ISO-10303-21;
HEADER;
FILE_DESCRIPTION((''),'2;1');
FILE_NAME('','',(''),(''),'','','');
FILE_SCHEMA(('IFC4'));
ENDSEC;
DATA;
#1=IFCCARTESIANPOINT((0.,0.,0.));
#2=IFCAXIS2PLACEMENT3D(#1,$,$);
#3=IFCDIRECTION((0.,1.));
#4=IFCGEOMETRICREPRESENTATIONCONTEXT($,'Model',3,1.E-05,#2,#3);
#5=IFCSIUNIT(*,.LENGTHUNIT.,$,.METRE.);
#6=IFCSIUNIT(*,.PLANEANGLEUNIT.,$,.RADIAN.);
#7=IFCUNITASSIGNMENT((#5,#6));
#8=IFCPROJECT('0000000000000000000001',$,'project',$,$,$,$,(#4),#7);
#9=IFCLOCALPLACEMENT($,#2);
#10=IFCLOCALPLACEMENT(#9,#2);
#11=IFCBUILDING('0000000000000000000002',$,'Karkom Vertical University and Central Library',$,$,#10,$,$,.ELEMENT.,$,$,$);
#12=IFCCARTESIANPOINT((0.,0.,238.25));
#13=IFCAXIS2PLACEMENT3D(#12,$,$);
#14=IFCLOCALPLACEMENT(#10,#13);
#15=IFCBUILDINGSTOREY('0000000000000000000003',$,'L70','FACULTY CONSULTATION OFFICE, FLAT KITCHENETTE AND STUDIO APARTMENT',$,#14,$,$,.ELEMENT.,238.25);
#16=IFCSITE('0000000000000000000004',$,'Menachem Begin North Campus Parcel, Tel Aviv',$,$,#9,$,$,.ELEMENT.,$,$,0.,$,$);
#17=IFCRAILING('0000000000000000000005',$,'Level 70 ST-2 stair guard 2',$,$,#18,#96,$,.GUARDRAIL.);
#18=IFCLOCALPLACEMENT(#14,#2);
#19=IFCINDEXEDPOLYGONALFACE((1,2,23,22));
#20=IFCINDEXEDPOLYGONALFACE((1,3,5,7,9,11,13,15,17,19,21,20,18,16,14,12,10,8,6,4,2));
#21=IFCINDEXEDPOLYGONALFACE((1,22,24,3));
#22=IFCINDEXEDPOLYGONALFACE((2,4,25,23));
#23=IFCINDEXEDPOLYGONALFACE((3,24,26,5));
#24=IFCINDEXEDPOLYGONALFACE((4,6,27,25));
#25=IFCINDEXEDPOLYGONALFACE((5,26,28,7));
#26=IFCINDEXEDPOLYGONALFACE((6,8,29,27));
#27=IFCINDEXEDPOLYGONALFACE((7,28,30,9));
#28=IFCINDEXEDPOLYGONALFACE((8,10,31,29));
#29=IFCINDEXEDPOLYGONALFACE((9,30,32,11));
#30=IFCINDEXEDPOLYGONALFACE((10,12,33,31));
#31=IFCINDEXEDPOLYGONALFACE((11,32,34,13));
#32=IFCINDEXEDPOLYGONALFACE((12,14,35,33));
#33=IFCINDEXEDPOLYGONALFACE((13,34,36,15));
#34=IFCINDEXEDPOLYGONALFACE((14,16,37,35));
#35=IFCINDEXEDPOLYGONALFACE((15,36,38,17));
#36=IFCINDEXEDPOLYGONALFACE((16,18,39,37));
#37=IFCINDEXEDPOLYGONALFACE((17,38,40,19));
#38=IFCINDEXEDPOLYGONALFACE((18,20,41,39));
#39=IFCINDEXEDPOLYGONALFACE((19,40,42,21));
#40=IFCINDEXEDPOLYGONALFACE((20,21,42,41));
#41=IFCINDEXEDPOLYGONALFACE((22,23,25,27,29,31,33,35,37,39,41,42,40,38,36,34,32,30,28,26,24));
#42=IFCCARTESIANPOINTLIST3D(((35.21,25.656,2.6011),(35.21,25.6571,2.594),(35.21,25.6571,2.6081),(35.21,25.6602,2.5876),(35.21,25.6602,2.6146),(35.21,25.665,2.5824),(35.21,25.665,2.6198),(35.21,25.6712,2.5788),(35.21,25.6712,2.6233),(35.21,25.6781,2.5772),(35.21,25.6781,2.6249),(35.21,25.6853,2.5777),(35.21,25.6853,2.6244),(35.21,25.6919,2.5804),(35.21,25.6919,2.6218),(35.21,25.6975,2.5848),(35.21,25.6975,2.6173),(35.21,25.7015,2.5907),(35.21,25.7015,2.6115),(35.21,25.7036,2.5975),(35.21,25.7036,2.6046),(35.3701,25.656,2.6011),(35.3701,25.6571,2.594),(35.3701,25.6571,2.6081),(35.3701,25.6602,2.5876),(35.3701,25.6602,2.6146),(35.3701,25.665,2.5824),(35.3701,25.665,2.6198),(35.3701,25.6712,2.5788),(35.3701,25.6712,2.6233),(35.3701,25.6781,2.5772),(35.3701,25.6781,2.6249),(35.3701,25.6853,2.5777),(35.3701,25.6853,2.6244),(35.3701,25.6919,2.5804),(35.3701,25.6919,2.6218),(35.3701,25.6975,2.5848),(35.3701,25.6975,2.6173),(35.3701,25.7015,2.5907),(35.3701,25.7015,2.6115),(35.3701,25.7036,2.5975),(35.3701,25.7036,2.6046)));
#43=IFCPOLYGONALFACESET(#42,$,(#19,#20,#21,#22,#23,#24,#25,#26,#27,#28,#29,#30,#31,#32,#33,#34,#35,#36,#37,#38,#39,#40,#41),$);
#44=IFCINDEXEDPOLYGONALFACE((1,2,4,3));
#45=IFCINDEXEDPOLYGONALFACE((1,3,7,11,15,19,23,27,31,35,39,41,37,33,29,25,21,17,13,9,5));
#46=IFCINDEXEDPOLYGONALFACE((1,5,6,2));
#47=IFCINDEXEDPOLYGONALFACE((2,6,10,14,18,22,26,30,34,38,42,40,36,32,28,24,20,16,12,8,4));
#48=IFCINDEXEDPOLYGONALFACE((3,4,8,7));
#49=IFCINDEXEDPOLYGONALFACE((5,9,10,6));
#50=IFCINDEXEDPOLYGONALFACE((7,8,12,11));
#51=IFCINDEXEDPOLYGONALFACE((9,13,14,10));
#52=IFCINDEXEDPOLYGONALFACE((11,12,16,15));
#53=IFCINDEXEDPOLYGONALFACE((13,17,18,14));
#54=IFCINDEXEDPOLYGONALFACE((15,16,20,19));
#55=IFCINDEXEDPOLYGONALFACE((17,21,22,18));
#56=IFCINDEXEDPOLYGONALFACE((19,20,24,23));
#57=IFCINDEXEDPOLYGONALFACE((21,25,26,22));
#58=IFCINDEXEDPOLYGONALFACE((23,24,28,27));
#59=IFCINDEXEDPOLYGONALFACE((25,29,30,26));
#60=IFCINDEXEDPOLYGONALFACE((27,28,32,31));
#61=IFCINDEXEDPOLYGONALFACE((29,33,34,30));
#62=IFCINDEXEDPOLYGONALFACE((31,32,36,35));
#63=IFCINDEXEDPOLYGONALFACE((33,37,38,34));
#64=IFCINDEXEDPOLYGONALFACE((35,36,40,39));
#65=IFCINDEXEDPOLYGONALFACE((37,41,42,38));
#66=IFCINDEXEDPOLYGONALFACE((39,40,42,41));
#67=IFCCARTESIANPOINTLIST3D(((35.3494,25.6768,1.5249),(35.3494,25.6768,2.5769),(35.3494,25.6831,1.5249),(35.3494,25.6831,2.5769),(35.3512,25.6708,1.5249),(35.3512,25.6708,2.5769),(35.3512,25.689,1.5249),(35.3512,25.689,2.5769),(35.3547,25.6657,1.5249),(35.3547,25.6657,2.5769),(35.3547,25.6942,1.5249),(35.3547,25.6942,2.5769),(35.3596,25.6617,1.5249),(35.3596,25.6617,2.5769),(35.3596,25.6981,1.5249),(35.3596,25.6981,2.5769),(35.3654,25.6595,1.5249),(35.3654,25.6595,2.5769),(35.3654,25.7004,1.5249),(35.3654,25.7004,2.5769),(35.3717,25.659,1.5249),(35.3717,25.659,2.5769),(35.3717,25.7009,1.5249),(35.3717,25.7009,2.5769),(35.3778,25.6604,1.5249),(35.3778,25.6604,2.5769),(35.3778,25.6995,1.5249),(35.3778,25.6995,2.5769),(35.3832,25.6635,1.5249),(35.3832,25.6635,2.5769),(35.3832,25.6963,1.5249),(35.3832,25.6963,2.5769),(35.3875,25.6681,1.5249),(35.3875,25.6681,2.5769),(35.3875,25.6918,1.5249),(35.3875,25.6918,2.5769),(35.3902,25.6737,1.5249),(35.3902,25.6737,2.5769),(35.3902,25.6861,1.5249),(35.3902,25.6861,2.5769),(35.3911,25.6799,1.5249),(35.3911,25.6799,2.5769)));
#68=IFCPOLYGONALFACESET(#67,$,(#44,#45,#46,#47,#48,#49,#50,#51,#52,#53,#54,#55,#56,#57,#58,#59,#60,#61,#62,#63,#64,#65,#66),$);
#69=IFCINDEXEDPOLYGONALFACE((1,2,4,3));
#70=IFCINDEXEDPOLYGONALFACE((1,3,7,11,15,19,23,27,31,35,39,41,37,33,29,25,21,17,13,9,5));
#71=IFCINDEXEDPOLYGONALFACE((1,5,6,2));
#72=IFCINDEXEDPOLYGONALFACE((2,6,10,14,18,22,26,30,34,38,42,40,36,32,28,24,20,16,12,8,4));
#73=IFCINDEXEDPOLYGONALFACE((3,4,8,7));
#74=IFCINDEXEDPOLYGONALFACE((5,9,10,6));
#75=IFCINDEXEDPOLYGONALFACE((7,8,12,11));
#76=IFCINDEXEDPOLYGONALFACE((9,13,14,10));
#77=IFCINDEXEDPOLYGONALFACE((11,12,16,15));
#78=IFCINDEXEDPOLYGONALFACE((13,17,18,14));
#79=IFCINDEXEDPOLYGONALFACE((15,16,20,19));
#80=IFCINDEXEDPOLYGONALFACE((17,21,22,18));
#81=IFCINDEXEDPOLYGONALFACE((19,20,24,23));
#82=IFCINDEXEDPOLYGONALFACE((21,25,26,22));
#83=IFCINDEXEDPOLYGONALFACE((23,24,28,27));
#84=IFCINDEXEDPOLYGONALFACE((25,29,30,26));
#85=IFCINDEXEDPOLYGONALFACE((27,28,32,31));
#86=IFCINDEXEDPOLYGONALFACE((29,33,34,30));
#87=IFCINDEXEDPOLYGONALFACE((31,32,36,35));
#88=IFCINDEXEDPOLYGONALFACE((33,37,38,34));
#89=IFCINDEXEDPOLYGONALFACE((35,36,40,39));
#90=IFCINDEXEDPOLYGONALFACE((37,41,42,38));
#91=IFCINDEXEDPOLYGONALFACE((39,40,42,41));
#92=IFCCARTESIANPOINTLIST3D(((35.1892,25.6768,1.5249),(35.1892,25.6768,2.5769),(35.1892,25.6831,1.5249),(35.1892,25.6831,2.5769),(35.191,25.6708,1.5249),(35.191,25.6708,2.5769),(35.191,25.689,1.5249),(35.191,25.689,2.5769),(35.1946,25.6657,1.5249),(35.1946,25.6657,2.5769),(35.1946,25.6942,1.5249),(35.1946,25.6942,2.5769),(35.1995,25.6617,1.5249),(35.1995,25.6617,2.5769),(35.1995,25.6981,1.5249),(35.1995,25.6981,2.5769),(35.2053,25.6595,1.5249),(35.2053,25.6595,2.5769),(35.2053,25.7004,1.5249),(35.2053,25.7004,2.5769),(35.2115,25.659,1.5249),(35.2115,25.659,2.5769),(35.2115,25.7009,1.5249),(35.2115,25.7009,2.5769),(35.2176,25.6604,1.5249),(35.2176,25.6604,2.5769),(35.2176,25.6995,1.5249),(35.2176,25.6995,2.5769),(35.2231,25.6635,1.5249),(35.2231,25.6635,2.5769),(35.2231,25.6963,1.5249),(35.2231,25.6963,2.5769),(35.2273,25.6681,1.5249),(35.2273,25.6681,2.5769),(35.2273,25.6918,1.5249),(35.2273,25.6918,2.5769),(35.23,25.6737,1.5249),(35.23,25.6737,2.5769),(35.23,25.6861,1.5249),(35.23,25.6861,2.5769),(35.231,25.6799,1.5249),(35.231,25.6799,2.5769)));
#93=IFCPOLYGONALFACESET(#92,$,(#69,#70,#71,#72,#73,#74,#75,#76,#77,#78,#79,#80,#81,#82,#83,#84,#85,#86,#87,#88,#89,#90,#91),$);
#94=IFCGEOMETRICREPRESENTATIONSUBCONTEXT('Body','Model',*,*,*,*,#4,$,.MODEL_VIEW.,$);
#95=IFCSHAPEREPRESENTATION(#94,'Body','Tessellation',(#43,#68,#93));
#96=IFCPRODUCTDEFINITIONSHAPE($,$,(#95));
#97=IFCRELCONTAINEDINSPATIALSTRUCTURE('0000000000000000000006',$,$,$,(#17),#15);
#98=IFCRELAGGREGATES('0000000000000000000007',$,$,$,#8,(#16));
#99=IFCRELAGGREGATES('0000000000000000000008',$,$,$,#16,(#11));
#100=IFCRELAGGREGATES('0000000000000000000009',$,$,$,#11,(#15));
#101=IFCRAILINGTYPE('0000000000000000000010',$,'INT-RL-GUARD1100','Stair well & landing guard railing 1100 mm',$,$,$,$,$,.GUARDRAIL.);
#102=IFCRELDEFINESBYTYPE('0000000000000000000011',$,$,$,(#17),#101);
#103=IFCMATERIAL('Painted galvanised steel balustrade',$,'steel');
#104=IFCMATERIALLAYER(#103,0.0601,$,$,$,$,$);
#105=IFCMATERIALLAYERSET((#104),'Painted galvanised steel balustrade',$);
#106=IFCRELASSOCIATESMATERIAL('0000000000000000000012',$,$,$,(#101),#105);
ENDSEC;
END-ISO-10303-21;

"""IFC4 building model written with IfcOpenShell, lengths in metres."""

from ifc_helpers import new_model, si_unit, direction, frame, origin, origin_2d, place, context, subcontext, project, spatial, circle, extrude, material, layer, layer_set, type_object, element, save


model = new_model("IFC4")

# Units and contexts
model_context = context("Model", 3, precision=1e-05, world=origin(), true_north=direction((0.0, 1.0)))
body_context = subcontext(model_context, "Body", "Model", "MODEL_VIEW")
ifc_project = project(units=[si_unit("LENGTHUNIT", "METRE"), si_unit("PLANEANGLEUNIT", "RADIAN")], contexts=[model_context])

# Site, building, storey
site_placement = place(None, origin())
site = spatial("IfcSite", under=ifc_project, at=site_placement, Name="Menachem Begin North Campus Parcel, Tel Aviv", CompositionType="ELEMENT", RefElevation=0.0)
building_placement = place(site_placement, origin())
building = spatial("IfcBuilding", under=site, at=building_placement, Name="Karkom Vertical University and Central Library", CompositionType="ELEMENT")
storey_placement = place(building_placement, frame((0.0, 0.0, 238.25)))
storey = spatial("IfcBuildingStorey", under=building, at=storey_placement, Name="L70", Description="FACULTY CONSULTATION OFFICE, FLAT KITCHENETTE AND STUDIO APARTMENT", CompositionType="ELEMENT", Elevation=238.25)

# Railing
ifc_material_1 = material(Name="Painted galvanised steel balustrade", Category="steel")
ifc_layer_1 = layer(ifc_material_1, 0.0601)
ifc_layer_set_1 = layer_set([ifc_layer_1], Name="Painted galvanised steel balustrade")
railing_type_1 = type_object("IfcRailingType", Name="INT-RL-GUARD1100", Description="Stair well & landing guard railing 1100 mm", PredefinedType="GUARDRAIL", material=ifc_layer_set_1)
railing_1_placement = place(storey_placement, frame((35.3701, 25.6799, 1.5249)))
element("IfcRailing", 1, at=railing_1_placement, inside=storey, type_object=railing_type_1, Name="Level 70 ST-2 stair guard 2", PredefinedType="GUARDRAIL", context=body_context, shape_type="SweptSolid", body=[
    extrude(circle(Radius=0.0239, at=origin_2d()), frame((0.0, 0.0, 1.0762), z_axis=(-1.0, 0.0, 0.0), x_axis=(0.0, -1.0, 0.0)), (0.0, 0.0, 1.0), 0.1602),
    extrude(circle(Radius=0.021, at=origin_2d()), origin(), (0.0, 0.0, 1.0), 1.052),
    extrude(circle(Radius=0.021, at=origin_2d()), frame((-0.1602, 0.0, 0.0)), (0.0, 0.0, 1.0), 1.052),
])

save(model, "model.ifc")
